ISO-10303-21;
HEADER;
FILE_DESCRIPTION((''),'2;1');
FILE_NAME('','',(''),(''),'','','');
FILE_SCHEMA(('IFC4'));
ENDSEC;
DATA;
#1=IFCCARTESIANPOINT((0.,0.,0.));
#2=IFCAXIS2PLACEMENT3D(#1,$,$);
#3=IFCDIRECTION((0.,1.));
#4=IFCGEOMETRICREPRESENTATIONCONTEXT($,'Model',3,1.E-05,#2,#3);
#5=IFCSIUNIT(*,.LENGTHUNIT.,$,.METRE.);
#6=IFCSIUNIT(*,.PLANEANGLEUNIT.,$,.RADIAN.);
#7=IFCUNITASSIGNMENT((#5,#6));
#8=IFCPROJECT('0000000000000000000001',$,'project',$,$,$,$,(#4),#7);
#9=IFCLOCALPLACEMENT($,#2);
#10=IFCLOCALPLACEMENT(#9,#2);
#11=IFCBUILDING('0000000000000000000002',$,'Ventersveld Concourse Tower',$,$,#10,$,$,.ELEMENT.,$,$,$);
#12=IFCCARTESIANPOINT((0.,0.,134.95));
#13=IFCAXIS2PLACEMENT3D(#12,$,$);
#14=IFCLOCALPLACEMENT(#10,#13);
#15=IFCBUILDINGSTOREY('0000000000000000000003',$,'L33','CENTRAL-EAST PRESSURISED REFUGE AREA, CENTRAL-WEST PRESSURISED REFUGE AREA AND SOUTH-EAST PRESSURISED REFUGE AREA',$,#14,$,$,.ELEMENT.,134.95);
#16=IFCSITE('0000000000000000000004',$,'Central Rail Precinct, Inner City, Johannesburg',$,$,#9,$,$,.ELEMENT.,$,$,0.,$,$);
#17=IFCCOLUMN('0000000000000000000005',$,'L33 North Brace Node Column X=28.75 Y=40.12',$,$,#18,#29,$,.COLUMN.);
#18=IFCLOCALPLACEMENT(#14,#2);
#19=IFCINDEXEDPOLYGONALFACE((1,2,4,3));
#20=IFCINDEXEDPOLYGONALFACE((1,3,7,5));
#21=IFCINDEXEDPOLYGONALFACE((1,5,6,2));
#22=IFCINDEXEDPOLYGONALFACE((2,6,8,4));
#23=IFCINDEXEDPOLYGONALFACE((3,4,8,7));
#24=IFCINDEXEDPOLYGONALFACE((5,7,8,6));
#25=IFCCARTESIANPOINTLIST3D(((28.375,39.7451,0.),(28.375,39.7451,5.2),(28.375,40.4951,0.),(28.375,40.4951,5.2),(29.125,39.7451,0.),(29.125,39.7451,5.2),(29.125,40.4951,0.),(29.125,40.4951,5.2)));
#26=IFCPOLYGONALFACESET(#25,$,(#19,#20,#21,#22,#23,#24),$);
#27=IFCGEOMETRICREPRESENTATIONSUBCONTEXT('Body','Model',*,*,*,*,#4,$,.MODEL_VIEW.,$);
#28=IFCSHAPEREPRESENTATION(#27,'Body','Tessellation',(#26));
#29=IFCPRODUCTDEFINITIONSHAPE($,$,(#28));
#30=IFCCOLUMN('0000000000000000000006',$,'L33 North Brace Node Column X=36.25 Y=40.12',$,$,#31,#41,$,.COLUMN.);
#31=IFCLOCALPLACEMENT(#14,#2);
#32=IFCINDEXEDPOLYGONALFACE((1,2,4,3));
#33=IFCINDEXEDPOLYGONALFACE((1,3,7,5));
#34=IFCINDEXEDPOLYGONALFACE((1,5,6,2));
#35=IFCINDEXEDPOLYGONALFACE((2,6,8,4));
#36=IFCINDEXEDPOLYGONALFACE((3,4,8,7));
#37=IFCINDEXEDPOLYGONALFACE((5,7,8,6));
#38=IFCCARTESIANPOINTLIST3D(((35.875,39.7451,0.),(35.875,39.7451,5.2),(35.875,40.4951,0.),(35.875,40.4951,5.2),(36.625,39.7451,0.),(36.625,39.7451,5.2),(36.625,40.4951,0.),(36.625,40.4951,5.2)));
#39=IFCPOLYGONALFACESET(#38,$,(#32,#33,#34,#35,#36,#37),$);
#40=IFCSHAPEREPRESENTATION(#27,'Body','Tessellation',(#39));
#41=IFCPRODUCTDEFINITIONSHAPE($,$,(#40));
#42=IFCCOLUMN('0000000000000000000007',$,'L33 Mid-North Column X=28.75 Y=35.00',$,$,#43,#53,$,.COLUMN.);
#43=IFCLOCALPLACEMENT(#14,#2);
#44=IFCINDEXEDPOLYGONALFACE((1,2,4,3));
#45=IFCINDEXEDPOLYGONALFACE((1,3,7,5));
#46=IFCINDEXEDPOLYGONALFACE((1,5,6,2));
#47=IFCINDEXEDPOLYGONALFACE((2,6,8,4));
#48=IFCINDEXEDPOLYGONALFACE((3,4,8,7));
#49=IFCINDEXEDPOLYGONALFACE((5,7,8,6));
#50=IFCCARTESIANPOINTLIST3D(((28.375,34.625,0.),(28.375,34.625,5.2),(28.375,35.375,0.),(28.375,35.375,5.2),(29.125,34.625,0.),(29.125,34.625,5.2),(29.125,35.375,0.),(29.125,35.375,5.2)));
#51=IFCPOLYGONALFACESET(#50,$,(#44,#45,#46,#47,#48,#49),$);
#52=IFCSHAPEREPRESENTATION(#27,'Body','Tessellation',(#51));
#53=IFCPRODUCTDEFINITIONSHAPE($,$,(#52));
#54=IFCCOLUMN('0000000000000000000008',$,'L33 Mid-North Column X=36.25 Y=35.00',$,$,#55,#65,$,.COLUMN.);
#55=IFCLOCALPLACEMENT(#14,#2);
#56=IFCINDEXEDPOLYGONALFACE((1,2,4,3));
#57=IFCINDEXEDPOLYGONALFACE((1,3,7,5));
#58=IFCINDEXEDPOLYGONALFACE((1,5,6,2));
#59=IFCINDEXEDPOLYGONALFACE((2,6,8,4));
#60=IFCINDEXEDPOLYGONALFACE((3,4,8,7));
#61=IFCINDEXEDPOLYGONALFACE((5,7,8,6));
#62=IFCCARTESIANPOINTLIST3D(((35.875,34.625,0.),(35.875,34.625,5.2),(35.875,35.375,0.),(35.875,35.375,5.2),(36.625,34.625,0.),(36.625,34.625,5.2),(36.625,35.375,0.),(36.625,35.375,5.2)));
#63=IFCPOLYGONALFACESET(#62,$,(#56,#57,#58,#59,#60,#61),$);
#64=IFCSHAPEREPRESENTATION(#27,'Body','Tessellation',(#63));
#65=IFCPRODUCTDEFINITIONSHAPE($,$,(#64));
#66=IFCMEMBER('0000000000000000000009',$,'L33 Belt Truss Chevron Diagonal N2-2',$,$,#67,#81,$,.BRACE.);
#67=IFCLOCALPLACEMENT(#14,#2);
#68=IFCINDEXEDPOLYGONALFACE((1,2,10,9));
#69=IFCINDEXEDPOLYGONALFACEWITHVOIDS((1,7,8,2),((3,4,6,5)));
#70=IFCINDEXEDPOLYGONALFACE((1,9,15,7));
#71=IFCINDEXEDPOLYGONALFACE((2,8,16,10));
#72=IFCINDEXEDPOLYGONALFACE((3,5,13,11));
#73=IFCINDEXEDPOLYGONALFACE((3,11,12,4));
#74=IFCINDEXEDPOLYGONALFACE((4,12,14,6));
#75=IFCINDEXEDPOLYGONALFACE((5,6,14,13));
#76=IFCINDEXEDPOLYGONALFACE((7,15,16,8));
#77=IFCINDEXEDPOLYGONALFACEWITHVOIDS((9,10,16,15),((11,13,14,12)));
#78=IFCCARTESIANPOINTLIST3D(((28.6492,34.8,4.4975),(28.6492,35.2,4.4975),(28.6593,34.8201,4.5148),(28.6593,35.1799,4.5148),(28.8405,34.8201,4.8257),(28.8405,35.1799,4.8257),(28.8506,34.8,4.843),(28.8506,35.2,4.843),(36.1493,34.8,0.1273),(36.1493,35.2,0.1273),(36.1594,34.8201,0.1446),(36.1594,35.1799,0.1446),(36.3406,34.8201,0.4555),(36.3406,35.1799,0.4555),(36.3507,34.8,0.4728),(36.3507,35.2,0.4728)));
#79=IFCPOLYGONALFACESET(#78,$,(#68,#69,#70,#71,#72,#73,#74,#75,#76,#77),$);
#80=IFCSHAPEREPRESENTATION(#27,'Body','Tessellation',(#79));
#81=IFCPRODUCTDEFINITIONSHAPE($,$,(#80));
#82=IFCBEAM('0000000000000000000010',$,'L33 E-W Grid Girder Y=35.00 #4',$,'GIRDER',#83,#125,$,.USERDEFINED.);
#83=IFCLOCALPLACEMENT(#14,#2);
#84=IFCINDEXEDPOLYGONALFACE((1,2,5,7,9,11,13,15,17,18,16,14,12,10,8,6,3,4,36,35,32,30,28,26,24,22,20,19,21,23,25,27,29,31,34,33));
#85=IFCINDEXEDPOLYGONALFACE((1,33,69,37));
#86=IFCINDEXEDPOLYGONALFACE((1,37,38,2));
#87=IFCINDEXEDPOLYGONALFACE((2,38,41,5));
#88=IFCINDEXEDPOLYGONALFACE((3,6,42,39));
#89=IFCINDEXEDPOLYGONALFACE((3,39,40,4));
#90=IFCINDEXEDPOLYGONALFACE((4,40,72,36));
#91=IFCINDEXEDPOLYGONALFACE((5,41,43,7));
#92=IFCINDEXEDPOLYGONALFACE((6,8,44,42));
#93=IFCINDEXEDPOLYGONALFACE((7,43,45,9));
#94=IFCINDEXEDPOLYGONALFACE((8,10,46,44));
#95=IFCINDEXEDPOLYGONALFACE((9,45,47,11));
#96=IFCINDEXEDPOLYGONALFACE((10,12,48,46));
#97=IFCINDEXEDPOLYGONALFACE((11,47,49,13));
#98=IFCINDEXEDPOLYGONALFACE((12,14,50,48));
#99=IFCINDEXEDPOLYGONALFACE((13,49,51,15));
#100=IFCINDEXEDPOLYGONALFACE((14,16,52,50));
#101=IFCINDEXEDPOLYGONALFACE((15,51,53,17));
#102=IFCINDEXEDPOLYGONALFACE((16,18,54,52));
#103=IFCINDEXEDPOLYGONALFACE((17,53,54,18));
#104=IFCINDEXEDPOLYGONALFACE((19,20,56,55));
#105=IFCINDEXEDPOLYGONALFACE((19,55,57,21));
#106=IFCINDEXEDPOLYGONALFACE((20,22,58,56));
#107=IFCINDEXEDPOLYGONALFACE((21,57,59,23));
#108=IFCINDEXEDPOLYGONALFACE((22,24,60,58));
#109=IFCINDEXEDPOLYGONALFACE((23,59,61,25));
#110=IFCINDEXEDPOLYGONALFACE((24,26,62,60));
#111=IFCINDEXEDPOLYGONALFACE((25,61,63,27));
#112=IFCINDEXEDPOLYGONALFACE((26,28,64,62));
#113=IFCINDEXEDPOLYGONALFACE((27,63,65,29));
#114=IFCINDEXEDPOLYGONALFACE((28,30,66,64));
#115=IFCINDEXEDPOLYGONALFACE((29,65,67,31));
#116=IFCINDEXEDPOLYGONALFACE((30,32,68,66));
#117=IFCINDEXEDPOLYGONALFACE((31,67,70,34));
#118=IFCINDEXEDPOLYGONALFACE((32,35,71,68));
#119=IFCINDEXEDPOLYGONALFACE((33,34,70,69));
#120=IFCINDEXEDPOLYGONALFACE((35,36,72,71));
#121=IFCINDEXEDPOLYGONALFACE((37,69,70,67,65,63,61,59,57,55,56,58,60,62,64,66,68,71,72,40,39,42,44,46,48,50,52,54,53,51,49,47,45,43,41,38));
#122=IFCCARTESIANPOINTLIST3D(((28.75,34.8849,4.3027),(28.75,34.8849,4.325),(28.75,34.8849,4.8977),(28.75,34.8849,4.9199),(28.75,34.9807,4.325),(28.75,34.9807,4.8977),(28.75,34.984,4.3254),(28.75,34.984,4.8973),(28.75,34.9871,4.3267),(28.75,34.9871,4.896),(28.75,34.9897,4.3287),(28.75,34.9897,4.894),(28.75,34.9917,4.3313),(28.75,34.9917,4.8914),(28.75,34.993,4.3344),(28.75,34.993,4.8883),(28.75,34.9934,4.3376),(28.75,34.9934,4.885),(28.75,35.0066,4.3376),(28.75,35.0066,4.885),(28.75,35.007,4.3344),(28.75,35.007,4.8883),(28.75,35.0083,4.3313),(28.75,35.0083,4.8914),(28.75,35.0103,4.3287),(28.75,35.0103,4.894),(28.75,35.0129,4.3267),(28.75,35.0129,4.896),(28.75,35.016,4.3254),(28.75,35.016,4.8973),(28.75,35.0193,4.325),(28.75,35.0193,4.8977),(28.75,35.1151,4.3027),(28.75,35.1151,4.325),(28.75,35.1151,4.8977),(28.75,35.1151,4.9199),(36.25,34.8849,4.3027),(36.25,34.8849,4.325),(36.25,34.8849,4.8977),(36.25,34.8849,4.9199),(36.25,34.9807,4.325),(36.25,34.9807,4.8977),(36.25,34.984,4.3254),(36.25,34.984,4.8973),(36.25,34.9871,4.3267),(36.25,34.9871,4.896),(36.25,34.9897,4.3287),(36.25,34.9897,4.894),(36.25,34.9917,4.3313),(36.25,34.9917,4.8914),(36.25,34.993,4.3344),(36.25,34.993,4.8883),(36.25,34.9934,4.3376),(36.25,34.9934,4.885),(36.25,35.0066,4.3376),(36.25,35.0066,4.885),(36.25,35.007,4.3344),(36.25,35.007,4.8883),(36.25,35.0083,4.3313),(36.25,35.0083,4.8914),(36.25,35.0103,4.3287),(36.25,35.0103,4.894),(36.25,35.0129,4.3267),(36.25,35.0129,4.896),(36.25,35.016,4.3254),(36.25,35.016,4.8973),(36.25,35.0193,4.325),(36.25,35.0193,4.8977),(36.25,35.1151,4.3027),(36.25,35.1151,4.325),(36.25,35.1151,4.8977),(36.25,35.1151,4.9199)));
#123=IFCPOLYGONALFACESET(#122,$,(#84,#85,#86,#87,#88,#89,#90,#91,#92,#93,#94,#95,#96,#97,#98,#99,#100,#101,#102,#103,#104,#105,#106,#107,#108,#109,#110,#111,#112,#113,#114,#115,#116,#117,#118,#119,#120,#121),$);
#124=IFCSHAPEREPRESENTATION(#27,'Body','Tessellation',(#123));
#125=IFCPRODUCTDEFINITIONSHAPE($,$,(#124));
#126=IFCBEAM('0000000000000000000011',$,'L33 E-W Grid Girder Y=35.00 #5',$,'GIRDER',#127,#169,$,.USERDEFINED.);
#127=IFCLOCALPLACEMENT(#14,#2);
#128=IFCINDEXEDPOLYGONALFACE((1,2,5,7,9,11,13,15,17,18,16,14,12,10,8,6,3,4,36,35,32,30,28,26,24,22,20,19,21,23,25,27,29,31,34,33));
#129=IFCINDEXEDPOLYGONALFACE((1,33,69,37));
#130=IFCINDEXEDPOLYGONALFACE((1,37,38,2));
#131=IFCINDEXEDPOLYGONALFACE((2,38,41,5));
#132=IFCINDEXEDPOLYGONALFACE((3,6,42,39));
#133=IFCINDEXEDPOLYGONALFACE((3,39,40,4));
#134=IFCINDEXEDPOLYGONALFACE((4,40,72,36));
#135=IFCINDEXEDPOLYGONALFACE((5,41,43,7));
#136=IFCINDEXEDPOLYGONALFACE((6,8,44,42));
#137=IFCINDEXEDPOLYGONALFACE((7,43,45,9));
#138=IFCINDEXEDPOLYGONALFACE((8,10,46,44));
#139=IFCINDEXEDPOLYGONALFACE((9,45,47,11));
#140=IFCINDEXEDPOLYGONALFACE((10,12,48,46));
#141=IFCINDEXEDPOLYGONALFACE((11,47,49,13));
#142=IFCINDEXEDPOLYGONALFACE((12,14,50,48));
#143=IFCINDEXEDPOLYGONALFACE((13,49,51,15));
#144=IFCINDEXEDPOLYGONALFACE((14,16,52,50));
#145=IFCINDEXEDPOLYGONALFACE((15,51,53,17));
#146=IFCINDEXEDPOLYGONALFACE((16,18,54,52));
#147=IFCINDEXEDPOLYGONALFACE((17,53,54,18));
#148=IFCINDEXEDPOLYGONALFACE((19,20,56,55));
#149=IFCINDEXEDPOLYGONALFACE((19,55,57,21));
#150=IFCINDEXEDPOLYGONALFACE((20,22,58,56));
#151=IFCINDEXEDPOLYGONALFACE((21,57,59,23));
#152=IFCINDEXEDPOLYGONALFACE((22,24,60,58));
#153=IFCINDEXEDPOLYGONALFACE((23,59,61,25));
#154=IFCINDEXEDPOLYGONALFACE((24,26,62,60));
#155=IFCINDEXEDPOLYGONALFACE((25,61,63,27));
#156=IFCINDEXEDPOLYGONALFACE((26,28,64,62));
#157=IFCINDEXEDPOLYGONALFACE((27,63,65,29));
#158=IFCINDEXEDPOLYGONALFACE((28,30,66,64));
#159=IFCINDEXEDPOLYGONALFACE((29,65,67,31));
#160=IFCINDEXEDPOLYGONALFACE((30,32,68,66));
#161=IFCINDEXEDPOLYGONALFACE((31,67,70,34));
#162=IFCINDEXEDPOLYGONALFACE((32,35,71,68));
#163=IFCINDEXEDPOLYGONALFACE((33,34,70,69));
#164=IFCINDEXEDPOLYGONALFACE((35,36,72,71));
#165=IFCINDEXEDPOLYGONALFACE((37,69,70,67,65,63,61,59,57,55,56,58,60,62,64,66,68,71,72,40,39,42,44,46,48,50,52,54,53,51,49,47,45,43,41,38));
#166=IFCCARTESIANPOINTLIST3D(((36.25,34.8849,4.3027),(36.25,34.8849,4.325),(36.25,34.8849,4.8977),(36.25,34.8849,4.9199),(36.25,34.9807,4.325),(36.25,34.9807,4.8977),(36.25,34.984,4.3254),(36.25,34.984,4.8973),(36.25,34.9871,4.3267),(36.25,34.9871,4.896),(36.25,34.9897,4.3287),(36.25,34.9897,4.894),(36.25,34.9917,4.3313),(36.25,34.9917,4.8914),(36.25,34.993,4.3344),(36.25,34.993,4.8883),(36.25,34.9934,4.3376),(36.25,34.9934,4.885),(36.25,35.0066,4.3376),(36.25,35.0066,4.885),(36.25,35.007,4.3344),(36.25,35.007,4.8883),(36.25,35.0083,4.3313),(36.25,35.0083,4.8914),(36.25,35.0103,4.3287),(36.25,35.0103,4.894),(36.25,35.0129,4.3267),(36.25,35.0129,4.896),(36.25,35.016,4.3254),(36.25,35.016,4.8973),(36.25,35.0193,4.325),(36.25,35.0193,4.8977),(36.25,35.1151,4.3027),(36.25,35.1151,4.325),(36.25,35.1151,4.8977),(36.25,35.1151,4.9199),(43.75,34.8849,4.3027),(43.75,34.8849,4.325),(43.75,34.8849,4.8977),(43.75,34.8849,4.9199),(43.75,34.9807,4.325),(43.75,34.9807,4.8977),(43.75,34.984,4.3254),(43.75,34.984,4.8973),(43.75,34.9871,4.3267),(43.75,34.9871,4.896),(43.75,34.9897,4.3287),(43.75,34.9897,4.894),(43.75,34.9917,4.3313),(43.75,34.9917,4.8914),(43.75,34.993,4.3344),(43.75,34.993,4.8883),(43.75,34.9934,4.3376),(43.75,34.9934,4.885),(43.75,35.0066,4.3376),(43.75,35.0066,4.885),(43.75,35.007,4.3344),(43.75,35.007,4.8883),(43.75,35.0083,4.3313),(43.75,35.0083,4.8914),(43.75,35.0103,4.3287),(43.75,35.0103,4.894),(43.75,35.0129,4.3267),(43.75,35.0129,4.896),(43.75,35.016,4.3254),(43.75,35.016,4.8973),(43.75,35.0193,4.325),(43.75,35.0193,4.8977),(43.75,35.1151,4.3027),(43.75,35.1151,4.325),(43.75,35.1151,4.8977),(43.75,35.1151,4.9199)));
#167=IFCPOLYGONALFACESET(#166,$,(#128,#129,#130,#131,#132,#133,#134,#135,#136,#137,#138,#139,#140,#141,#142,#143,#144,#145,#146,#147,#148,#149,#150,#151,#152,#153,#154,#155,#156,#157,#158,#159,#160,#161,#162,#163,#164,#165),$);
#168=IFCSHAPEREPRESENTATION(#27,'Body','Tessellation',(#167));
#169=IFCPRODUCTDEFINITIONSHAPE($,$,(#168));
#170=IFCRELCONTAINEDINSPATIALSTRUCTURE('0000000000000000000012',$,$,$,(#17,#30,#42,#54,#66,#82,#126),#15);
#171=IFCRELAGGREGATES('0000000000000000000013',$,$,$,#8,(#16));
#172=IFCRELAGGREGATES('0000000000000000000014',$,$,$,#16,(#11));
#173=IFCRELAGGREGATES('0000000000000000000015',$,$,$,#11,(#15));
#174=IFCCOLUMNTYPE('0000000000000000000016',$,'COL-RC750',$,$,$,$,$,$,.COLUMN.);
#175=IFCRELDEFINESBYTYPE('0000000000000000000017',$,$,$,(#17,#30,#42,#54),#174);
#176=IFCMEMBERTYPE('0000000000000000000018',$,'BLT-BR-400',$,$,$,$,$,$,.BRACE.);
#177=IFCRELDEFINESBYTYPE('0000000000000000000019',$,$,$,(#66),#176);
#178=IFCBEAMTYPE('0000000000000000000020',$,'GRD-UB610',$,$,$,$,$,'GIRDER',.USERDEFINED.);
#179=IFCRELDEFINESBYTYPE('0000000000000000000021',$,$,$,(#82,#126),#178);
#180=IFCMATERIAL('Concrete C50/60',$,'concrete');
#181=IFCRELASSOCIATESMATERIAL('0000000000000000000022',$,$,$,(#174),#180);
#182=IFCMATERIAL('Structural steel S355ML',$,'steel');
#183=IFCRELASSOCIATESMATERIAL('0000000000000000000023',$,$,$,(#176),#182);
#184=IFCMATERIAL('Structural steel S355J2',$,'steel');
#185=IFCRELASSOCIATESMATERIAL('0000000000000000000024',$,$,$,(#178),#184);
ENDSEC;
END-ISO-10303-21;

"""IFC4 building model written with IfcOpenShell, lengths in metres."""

from ifc_helpers import new_model, si_unit, direction, frame, origin, origin_2d, place, context, subcontext, project, spatial, rectangle, hollow_rectangle, i_section, extrude, material, material_profile, profile_set, type_object, element, save


model = new_model("IFC4")

# Units and contexts
model_context = context("Model", 3, precision=1e-05, world=origin(), true_north=direction((0.0, 1.0)))
body_context = subcontext(model_context, "Body", "Model", "MODEL_VIEW")
ifc_project = project(units=[si_unit("LENGTHUNIT", "METRE"), si_unit("PLANEANGLEUNIT", "RADIAN")], contexts=[model_context])

# Site, building, storey
site_placement = place(None, origin())
site = spatial("IfcSite", under=ifc_project, at=site_placement, Name="Central Rail Precinct, Inner City, Johannesburg", CompositionType="ELEMENT", RefElevation=0.0)
building_placement = place(site_placement, origin())
building = spatial("IfcBuilding", under=site, at=building_placement, Name="Ventersveld Concourse Tower", CompositionType="ELEMENT")
storey_placement = place(building_placement, frame((0.0, 0.0, 134.95)))
storey = spatial("IfcBuildingStorey", under=building, at=storey_placement, Name="L33", Description="CENTRAL-EAST PRESSURISED REFUGE AREA, CENTRAL-WEST PRESSURISED REFUGE AREA AND SOUTH-EAST PRESSURISED REFUGE AREA", CompositionType="ELEMENT", Elevation=134.95)

# Columns
ifc_material_1 = material(Name="Concrete C50/60", Category="concrete")
ifc_material_profile_1 = material_profile(ifc_material_1, rectangle(XDim=0.75, YDim=0.75, at=origin_2d()), Name="RC 750x750")
ifc_profile_set_1 = profile_set([ifc_material_profile_1], Name="Concrete C50/60")
column_type = type_object("IfcColumnType", Name="COL-RC750", PredefinedType="COLUMN", material=ifc_profile_set_1)
for number, where, z_axis, x_axis, name in (
    (1, (28.75, 40.1201, 0.0), (0.0, 0.0, 1.0), (1.0, 0.0, 0.0), "L33 North Brace Node Column X=28.75 Y=40.12"),
    (2, (36.25, 40.1201, 0.0), (0.0, 0.0, 1.0), (1.0, 0.0, 0.0), "L33 North Brace Node Column X=36.25 Y=40.12"),
    (3, (28.75, 35.0, 0.0), (0.0, 0.0, 1.0), (1.0, 0.0, 0.0), "L33 Mid-North Column X=28.75 Y=35.00"),
    (4, (36.25, 35.0, 0.0), (0.0, 0.0, 1.0), (1.0, 0.0, 0.0), "L33 Mid-North Column X=36.25 Y=35.00"),
):
    element("IfcColumn", number, at=place(storey_placement, frame(where, z_axis=z_axis, x_axis=x_axis)), inside=storey, type_object=column_type, Name=name, PredefinedType="COLUMN", context=body_context, shape_type="SweptSolid", body=[
        extrude(rectangle(XDim=0.75, YDim=0.75, at=origin_2d()), origin(), (0.0, 0.0, 1.0), 5.2),
    ])

# Member
ifc_material_2 = material(Name="Structural steel S355ML", Category="steel")
ifc_material_profile_2 = material_profile(ifc_material_2, hollow_rectangle(XDim=0.3999, YDim=0.3999, WallThickness=0.02, at=origin_2d()), Name="SHS 400x400x20")
ifc_profile_set_2 = profile_set([ifc_material_profile_2], Name="Structural steel S355ML")
member_type_1 = type_object("IfcMemberType", Name="BLT-BR-400", PredefinedType="BRACE", material=ifc_profile_set_2)
member_1_placement = place(storey_placement, frame((36.25, 35.0, 0.3), z_axis=(-0.864024, 0.0, 0.503451), x_axis=(0.0, -1.0, 0.0)))
element("IfcMember", 5, at=member_1_placement, inside=storey, type_object=member_type_1, Name="L33 Belt Truss Chevron Diagonal N2-2", PredefinedType="BRACE", context=body_context, shape_type="SweptSolid", body=[
    extrude(hollow_rectangle(XDim=0.3999, YDim=0.3999, WallThickness=0.02, at=origin_2d()), origin(), (0.0, 0.0, 1.0), 8.6804),
])

# Beams
ifc_material_3 = material(Name="Structural steel S355J2", Category="steel")
ifc_material_profile_3 = material_profile(ifc_material_3, i_section(OverallWidth=0.2302, OverallDepth=0.6172, WebThickness=0.0132, FlangeThickness=0.0222, FilletRadius=0.0127, at=origin_2d()), Name="UB 610x229x140")
ifc_profile_set_3 = profile_set([ifc_material_profile_3], Name="Structural steel S355J2")
beam_type_1 = type_object("IfcBeamType", Name="GRD-UB610", ElementType="GIRDER", PredefinedType="USERDEFINED", material=ifc_profile_set_3)
for number, where, z_axis, x_axis, name in (
    (6, (28.75, 35.0, 4.6113), (1.0, 0.0, 0.0), (0.0, 1.0, 0.0), "L33 E-W Grid Girder Y=35.00 #4"),
    (7, (36.25, 35.0, 4.6113), (1.0, 0.0, 0.0), (0.0, 1.0, 0.0), "L33 E-W Grid Girder Y=35.00 #5"),
):
    element("IfcBeam", number, at=place(storey_placement, frame(where, z_axis=z_axis, x_axis=x_axis)), inside=storey, type_object=beam_type_1, Name=name, ObjectType="GIRDER", PredefinedType="USERDEFINED", context=body_context, shape_type="SweptSolid", body=[
        extrude(i_section(OverallWidth=0.2302, OverallDepth=0.6172, WebThickness=0.0132, FlangeThickness=0.0222, FilletRadius=0.0127, at=origin_2d()), origin(), (0.0, 0.0, 1.0), 7.5),
    ])

save(model, "model.ifc")
